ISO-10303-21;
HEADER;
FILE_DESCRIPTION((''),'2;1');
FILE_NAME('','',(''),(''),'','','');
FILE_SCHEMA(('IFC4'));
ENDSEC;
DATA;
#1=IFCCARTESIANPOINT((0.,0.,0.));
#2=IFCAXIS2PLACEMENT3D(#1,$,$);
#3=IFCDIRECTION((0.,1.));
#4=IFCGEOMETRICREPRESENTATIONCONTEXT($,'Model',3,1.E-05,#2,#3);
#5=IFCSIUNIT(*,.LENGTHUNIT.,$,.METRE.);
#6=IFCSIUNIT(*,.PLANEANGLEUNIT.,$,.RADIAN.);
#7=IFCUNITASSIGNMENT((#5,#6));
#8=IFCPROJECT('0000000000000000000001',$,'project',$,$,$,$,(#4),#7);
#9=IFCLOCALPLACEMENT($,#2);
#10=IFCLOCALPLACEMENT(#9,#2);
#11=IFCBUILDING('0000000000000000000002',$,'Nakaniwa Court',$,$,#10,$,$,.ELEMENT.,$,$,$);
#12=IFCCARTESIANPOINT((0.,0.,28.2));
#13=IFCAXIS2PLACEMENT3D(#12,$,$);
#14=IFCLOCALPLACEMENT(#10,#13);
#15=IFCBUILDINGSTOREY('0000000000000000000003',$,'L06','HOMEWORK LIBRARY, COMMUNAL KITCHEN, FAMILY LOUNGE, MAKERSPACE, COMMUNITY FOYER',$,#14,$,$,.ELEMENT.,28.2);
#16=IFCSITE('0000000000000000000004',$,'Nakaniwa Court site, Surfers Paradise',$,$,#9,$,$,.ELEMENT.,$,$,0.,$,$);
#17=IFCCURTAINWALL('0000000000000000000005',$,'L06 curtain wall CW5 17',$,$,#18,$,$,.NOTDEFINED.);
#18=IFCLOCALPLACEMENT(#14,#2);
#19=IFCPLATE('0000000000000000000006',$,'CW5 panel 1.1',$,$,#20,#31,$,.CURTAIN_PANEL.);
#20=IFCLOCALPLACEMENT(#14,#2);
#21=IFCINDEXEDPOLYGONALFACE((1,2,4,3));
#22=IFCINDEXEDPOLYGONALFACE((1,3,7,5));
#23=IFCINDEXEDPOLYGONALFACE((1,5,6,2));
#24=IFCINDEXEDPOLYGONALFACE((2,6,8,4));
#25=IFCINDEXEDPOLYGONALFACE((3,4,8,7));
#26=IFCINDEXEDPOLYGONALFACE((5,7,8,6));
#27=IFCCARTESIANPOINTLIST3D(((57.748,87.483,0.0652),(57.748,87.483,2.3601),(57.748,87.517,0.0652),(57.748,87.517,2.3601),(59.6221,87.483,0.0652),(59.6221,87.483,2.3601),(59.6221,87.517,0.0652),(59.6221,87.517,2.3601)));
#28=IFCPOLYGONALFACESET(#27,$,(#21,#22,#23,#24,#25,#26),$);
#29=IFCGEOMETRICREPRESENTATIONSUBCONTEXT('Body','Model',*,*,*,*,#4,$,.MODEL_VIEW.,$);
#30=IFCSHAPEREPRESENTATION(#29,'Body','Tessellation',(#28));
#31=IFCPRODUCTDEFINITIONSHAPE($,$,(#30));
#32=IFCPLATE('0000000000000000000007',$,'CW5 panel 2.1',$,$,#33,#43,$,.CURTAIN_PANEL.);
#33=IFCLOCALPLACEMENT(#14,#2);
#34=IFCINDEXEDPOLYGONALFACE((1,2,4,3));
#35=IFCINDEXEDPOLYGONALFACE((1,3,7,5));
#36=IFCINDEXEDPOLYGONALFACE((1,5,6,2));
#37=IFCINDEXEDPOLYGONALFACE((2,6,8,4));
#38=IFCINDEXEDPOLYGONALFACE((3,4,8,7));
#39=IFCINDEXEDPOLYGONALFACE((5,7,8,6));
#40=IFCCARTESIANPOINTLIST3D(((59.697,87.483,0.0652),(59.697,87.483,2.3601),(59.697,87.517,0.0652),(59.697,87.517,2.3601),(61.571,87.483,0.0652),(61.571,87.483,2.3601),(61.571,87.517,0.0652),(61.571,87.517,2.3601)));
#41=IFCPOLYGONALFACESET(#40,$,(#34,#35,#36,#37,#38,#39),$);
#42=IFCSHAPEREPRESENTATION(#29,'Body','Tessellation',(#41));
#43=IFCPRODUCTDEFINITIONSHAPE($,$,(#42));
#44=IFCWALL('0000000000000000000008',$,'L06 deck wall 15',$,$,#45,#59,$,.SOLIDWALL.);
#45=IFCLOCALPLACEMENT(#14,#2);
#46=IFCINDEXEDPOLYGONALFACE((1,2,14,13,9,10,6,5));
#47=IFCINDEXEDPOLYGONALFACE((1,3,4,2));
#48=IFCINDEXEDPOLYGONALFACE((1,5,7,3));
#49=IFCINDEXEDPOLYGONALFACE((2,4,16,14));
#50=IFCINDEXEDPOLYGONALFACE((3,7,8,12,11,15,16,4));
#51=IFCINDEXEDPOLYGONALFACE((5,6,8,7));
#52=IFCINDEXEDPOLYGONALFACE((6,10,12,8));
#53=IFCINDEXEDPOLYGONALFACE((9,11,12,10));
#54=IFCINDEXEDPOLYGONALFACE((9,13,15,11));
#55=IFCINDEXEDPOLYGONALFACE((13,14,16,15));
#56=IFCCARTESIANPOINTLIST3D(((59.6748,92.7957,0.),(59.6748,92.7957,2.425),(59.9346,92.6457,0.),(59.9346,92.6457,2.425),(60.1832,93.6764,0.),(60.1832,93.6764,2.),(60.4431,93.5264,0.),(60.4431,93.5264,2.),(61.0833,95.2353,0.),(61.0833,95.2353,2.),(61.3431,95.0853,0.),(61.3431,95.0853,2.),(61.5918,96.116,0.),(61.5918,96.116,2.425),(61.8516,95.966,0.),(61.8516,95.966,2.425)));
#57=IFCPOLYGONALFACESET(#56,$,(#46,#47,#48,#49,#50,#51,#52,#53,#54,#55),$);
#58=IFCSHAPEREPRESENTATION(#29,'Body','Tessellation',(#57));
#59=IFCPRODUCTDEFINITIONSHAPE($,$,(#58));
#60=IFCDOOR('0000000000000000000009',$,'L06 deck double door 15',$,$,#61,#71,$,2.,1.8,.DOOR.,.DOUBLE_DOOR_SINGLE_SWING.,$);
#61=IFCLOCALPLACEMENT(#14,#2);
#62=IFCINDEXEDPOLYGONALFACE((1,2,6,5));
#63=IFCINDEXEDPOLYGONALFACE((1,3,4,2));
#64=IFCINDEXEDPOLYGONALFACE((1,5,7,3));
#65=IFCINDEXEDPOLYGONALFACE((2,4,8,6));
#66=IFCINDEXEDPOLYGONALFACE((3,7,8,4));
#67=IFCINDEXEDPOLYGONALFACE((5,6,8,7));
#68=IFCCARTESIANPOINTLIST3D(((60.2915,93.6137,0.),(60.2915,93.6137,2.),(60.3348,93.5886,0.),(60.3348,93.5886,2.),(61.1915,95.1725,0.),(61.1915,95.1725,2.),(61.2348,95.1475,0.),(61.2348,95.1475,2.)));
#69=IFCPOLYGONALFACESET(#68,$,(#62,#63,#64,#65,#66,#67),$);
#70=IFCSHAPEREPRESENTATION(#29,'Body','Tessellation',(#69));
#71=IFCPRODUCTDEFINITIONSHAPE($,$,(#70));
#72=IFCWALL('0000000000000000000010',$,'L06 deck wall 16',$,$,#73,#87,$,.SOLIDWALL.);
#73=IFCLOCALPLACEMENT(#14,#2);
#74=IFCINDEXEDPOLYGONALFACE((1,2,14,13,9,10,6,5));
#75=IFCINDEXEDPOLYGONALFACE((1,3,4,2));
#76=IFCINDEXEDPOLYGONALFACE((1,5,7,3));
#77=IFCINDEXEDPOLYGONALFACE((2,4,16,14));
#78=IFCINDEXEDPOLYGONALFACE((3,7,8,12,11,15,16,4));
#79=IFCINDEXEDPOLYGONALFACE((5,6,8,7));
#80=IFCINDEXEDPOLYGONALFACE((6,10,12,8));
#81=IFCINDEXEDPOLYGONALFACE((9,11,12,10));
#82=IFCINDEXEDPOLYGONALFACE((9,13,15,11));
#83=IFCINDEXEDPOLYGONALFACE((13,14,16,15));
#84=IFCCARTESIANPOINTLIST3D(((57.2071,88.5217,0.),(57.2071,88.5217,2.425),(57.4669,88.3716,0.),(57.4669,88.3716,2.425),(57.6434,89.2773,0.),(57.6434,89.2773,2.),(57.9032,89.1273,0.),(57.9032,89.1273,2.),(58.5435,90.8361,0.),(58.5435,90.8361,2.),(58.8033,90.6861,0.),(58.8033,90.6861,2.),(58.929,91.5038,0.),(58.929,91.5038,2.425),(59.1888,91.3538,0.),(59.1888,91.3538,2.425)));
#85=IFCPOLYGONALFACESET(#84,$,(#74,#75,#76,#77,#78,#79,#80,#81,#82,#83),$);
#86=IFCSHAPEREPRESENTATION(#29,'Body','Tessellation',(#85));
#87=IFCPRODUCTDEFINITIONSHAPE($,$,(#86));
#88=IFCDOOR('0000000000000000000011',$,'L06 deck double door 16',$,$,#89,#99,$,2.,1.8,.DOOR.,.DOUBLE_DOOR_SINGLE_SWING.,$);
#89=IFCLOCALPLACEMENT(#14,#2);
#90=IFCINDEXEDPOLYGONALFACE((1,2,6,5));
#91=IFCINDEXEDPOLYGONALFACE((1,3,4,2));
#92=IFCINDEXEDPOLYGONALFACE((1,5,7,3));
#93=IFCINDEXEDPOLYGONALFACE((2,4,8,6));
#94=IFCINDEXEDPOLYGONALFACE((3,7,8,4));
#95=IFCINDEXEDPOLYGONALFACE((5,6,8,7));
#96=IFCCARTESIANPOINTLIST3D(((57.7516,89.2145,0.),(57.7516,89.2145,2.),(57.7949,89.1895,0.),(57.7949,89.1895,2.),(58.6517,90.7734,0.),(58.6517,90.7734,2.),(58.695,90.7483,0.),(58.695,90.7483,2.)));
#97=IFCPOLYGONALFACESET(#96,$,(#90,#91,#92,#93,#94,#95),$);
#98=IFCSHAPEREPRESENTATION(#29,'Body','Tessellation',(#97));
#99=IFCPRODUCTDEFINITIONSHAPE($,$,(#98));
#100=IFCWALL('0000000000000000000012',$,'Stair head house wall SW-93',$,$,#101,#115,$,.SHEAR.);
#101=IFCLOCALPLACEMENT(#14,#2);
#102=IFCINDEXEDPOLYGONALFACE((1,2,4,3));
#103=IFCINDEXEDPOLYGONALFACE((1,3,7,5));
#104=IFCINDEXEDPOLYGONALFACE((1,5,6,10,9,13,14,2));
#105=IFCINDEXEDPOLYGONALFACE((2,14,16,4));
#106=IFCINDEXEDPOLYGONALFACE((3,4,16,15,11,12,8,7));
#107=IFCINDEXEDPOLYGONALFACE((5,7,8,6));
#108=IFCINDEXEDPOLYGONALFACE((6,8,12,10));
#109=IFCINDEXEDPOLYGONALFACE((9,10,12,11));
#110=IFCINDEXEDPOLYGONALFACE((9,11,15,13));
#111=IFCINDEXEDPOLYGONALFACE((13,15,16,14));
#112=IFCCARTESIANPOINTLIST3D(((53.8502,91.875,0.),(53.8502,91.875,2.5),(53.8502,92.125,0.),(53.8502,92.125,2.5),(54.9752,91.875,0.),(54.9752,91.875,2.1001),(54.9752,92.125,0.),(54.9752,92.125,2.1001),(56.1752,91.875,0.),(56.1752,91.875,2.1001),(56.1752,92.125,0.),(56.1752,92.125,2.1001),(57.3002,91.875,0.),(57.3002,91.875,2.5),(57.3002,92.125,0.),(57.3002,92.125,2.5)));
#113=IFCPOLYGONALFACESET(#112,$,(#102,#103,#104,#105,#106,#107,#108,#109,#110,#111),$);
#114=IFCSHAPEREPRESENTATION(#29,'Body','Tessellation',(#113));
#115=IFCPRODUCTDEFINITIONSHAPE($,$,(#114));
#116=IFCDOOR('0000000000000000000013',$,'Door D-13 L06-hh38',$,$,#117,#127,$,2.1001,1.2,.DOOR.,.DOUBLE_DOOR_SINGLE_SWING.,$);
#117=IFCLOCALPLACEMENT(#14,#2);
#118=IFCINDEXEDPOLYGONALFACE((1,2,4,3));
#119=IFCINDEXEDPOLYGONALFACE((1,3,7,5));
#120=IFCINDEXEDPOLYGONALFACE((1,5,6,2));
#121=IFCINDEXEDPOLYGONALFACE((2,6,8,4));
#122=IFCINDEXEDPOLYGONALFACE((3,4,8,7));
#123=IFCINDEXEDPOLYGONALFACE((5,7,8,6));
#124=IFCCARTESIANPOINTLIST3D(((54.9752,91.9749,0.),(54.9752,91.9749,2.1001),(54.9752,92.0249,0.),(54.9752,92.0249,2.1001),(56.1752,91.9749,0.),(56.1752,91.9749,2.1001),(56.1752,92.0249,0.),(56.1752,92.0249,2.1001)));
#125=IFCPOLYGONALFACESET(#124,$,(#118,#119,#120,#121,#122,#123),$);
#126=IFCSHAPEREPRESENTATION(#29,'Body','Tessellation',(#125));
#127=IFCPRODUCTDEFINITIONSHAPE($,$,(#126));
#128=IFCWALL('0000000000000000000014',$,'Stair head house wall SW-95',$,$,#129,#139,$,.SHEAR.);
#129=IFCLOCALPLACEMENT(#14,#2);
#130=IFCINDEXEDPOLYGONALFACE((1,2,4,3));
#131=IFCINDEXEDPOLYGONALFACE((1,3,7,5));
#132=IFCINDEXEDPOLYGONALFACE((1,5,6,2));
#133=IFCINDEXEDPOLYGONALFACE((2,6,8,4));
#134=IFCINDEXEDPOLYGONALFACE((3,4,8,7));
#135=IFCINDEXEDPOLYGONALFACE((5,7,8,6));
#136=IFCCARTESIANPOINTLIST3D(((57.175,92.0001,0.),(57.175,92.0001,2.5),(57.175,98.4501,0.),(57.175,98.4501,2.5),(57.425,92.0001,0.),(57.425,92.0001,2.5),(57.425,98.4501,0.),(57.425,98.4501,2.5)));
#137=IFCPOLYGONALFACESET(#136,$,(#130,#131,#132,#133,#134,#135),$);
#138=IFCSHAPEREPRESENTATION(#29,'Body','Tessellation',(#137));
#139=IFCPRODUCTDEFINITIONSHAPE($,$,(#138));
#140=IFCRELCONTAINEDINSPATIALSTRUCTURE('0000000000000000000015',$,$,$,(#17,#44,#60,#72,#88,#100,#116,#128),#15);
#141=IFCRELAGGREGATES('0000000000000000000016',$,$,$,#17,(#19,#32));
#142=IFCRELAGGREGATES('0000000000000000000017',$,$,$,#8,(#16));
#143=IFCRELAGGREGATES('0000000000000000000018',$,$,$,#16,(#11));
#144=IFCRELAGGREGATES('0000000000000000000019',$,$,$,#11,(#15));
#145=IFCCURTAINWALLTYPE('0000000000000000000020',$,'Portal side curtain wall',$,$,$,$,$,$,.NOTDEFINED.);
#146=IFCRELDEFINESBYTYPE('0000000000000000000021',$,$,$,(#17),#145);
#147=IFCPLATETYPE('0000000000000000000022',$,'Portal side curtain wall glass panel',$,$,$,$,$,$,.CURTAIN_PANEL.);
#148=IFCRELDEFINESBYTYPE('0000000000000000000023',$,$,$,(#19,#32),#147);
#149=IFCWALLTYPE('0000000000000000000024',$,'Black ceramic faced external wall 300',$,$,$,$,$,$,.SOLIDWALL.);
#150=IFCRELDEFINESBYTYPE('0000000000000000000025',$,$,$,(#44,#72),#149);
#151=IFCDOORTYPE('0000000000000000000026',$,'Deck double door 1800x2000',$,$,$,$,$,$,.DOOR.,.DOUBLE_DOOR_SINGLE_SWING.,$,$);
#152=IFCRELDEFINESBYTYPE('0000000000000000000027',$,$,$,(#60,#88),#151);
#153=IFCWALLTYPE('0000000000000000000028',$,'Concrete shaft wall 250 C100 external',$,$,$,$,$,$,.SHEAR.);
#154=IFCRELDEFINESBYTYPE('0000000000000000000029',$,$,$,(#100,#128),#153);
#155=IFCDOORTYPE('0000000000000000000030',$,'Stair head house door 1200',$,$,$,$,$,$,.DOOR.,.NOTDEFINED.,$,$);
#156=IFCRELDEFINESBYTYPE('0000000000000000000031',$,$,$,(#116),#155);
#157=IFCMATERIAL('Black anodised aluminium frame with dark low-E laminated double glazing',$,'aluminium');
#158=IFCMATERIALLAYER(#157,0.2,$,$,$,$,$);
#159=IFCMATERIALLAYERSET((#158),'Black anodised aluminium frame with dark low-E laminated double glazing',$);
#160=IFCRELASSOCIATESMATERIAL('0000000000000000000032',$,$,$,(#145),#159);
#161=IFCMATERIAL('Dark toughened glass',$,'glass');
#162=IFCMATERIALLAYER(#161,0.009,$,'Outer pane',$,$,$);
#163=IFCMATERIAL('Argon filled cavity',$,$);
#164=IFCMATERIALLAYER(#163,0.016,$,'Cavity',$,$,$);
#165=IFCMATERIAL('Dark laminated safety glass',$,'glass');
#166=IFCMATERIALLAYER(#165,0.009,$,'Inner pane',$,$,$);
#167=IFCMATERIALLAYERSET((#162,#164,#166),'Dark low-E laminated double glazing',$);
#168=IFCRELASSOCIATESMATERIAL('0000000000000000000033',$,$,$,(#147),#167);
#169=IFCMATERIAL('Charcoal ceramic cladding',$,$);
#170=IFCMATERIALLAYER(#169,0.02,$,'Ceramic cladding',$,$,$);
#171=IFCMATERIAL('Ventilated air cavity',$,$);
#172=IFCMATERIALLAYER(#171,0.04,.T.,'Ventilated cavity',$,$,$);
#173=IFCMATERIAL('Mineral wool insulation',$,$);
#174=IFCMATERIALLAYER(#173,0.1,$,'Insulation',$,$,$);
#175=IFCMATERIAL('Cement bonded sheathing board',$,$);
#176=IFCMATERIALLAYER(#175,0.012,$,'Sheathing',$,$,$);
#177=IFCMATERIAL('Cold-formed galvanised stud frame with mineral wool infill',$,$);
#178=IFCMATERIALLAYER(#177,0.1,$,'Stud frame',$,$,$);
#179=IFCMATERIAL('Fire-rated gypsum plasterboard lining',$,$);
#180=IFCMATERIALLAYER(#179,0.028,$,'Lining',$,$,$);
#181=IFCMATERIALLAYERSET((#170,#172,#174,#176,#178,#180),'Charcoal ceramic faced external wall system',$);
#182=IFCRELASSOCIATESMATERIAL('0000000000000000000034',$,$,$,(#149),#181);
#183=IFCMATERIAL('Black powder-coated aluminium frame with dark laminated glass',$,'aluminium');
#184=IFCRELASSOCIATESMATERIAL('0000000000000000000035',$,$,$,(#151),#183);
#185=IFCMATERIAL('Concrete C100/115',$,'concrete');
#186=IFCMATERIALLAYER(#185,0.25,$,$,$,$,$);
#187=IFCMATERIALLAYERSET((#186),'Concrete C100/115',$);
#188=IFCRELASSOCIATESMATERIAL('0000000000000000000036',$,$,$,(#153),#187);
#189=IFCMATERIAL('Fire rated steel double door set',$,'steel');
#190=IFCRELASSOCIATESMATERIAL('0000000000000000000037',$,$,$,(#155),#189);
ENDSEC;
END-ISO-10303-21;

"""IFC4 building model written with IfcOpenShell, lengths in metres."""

from ifc_helpers import new_model, si_unit, direction, frame, frame_2d, origin, origin_2d, place, context, subcontext, project, spatial, rectangle, extrude, material, layer, layer_set, type_object, element, fill, aggregate, save


model = new_model("IFC4")

# Units and contexts
model_context = context("Model", 3, precision=1e-05, world=origin(), true_north=direction((0.0, 1.0)))
body_context = subcontext(model_context, "Body", "Model", "MODEL_VIEW")
ifc_project = project(units=[si_unit("LENGTHUNIT", "METRE"), si_unit("PLANEANGLEUNIT", "RADIAN")], contexts=[model_context])

# Site, building, storey
site_placement = place(None, origin())
site = spatial("IfcSite", under=ifc_project, at=site_placement, Name="Nakaniwa Court site, Surfers Paradise", CompositionType="ELEMENT", RefElevation=0.0)
building_placement = place(site_placement, origin())
building = spatial("IfcBuilding", under=site, at=building_placement, Name="Nakaniwa Court", CompositionType="ELEMENT")
storey_placement = place(building_placement, frame((0.0, 0.0, 28.2)))
storey = spatial("IfcBuildingStorey", under=building, at=storey_placement, Name="L06", Description="HOMEWORK LIBRARY, COMMUNAL KITCHEN, FAMILY LOUNGE, MAKERSPACE, COMMUNITY FOYER", CompositionType="ELEMENT", Elevation=28.2)

# Shared definitions
ifc_material_1 = material(Name="Concrete C100/115", Category="concrete")

# Curtain wall
ifc_material_2 = material(Name="Black anodised aluminium frame with dark low-E laminated double glazing", Category="aluminium")
ifc_layer_1 = layer(ifc_material_2, 0.2)
ifc_layer_set_1 = layer_set([ifc_layer_1], Name="Black anodised aluminium frame with dark low-E laminated double glazing")
curtain_wall_type = type_object("IfcCurtainWallType", Name="Portal side curtain wall", PredefinedType="NOTDEFINED", material=ifc_layer_set_1)
curtain_wall_1_placement = place(storey_placement, origin())
curtain_wall_1 = element("IfcCurtainWall", 1, at=curtain_wall_1_placement, inside=storey, type_object=curtain_wall_type, Name="L06 curtain wall CW5 17", PredefinedType="NOTDEFINED")

# Plates
ifc_material_3 = material(Name="Dark toughened glass", Category="glass")
ifc_layer_2 = layer(ifc_material_3, 0.009, Name="Outer pane")
ifc_material_4 = material(Name="Argon filled cavity")
ifc_layer_3 = layer(ifc_material_4, 0.016, Name="Cavity")
ifc_material_5 = material(Name="Dark laminated safety glass", Category="glass")
ifc_layer_4 = layer(ifc_material_5, 0.009, Name="Inner pane")
ifc_layer_set_2 = layer_set([ifc_layer_2, ifc_layer_3, ifc_layer_4], Name="Dark low-E laminated double glazing")
plate_type = type_object("IfcPlateType", Name="Portal side curtain wall glass panel", PredefinedType="CURTAIN_PANEL", material=ifc_layer_set_2)
plate_1_placement = place(storey_placement, frame((58.6851, 87.5, 0.0652), z_axis=(0.0, 0.0, 1.0), x_axis=(1.0, 0.0, 0.0)))
plate_1 = element("IfcPlate", 2, at=plate_1_placement, type_object=plate_type, Name="CW5 panel 1.1", PredefinedType="CURTAIN_PANEL", context=body_context, shape_type="SweptSolid", body=[
    extrude(rectangle(XDim=1.874, YDim=0.0339, at=origin_2d()), origin(), (0.0, 0.0, 1.0), 2.2949),
])
plate_2_placement = place(storey_placement, frame((60.634, 87.5, 0.0652), z_axis=(0.0, 0.0, 1.0), x_axis=(1.0, 0.0, 0.0)))
plate_2 = element("IfcPlate", 3, at=plate_2_placement, type_object=plate_type, Name="CW5 panel 2.1", PredefinedType="CURTAIN_PANEL", context=body_context, shape_type="SweptSolid", body=[
    extrude(rectangle(XDim=1.874, YDim=0.0339, at=origin_2d()), origin(), (0.0, 0.0, 1.0), 2.2949),
])
aggregate(curtain_wall_1, [plate_1, plate_2])

# Walls, openings, doors
ifc_material_6 = material(Name="Charcoal ceramic cladding")
ifc_layer_5 = layer(ifc_material_6, 0.02, Name="Ceramic cladding")
ifc_material_7 = material(Name="Ventilated air cavity")
ifc_layer_6 = layer(ifc_material_7, 0.04, ventilated=True, Name="Ventilated cavity")
ifc_material_8 = material(Name="Mineral wool insulation")
ifc_layer_7 = layer(ifc_material_8, 0.1, Name="Insulation")
ifc_material_9 = material(Name="Cement bonded sheathing board")
ifc_layer_8 = layer(ifc_material_9, 0.012, Name="Sheathing")
ifc_material_10 = material(Name="Cold-formed galvanised stud frame with mineral wool infill")
ifc_layer_9 = layer(ifc_material_10, 0.1, Name="Stud frame")
ifc_material_11 = material(Name="Fire-rated gypsum plasterboard lining")
ifc_layer_10 = layer(ifc_material_11, 0.028, Name="Lining")
ifc_layer_set_3 = layer_set([ifc_layer_5, ifc_layer_6, ifc_layer_7, ifc_layer_8, ifc_layer_9, ifc_layer_10], Name="Charcoal ceramic faced external wall system")
wall_type_1 = type_object("IfcWallType", Name="Black ceramic faced external wall 300", PredefinedType="SOLIDWALL", material=ifc_layer_set_3)
wall_1_placement = place(storey_placement, frame((61.7217, 96.041, 0.0), z_axis=(0.0, 0.0, 1.0), x_axis=(-0.500002, -0.866024, 0.0)))
wall_1 = element("IfcWall", 4, at=wall_1_placement, inside=storey, type_object=wall_type_1, Name="L06 deck wall 15", PredefinedType="SOLIDWALL", context=body_context, shape_type="SweptSolid", body=[
    extrude(rectangle(XDim=3.834, YDim=0.3, at=frame_2d((1.917, 0.0))), origin(), (0.0, 0.0, 1.0), 2.425),
])
opening_1_placement = place(wall_1_placement, frame((1.0171, 0.0, 0.0)))
opening_1 = element("IfcOpeningElement", 5, at=opening_1_placement, cuts=wall_1, PredefinedType="OPENING", context=body_context, shape_type="SweptSolid", body=[
    extrude(rectangle(XDim=1.8, YDim=2.0, at=frame_2d((0.8999, 1.0))), frame((0.0, 0.1599, 0.0), z_axis=(0.0, -1.0, 0.0), x_axis=(1.0, 0.0, 0.0)), (0.0, 0.0, 1.0), 0.3201),
])
ifc_material_12 = material(Name="Black powder-coated aluminium frame with dark laminated glass", Category="aluminium")
door_type_1 = type_object("IfcDoorType", Name="Deck double door 1800x2000", OperationType="DOUBLE_DOOR_SINGLE_SWING", PredefinedType="DOOR", material=ifc_material_12)
door_1_placement = place(opening_1_placement, frame((1.8, 0.0, 0.0), z_axis=(0.0, 0.0, 1.0), x_axis=(-1.0, 0.0, 0.0)))
door_1 = element("IfcDoor", 6, at=door_1_placement, inside=storey, type_object=door_type_1, Name="L06 deck double door 15", OperationType="DOUBLE_DOOR_SINGLE_SWING", OverallHeight=2.0, OverallWidth=1.8, PredefinedType="DOOR", context=body_context, shape_type="SweptSolid", body=[
    extrude(rectangle(XDim=1.8, YDim=2.0, at=frame_2d((0.8999, 1.0))), frame((0.0, 0.0249, 0.0), z_axis=(0.0, -1.0, 0.0), x_axis=(1.0, 0.0, 0.0)), (0.0, 0.0, 1.0), 0.05),
])
fill(opening_1, door_1)
wall_2_placement = place(storey_placement, frame((59.0588, 91.4287, 0.0), z_axis=(0.0, 0.0, 1.0), x_axis=(-0.500035, -0.866005, 0.0)))
wall_2 = element("IfcWall", 7, at=wall_2_placement, inside=storey, type_object=wall_type_1, Name="L06 deck wall 16", PredefinedType="SOLIDWALL", context=body_context, shape_type="SweptSolid", body=[
    extrude(rectangle(XDim=3.4436, YDim=0.3, at=frame_2d((1.7217, 0.0))), origin(), (0.0, 0.0, 1.0), 2.425),
])
opening_2_placement = place(wall_2_placement, frame((0.771, 0.0, 0.0)))
opening_2 = element("IfcOpeningElement", 8, at=opening_2_placement, cuts=wall_2, PredefinedType="OPENING", context=body_context, shape_type="SweptSolid", body=[
    extrude(rectangle(XDim=1.8, YDim=2.0, at=frame_2d((0.8999, 1.0))), frame((0.0, 0.1599, 0.0), z_axis=(0.0, -1.0, 0.0), x_axis=(1.0, 0.0, 0.0)), (0.0, 0.0, 1.0), 0.3201),
])
door_2_placement = place(opening_2_placement, frame((1.8, 0.0, 0.0), z_axis=(0.0, 0.0, 1.0), x_axis=(-1.0, 0.0, 0.0)))
door_2 = element("IfcDoor", 9, at=door_2_placement, inside=storey, type_object=door_type_1, Name="L06 deck double door 16", OperationType="DOUBLE_DOOR_SINGLE_SWING", OverallHeight=2.0, OverallWidth=1.8, PredefinedType="DOOR", context=body_context, shape_type="SweptSolid", body=[
    extrude(rectangle(XDim=1.8, YDim=2.0, at=frame_2d((0.8999, 1.0))), frame((0.0, 0.0249, 0.0), z_axis=(0.0, -1.0, 0.0), x_axis=(1.0, 0.0, 0.0)), (0.0, 0.0, 1.0), 0.05),
])
fill(opening_2, door_2)
ifc_layer_11 = layer(ifc_material_1, 0.25)
ifc_layer_set_4 = layer_set([ifc_layer_11], Name="Concrete C100/115")
wall_type_2 = type_object("IfcWallType", Name="Concrete shaft wall 250 C100 external", PredefinedType="SHEAR", material=ifc_layer_set_4)
wall_3_placement = place(storey_placement, frame((53.8501, 92.0, 0.0), z_axis=(0.0, 0.0, 1.0), x_axis=(1.0, 0.0, 0.0)))
wall_3 = element("IfcWall", 10, at=wall_3_placement, inside=storey, type_object=wall_type_2, Name="Stair head house wall SW-93", PredefinedType="SHEAR", context=body_context, shape_type="SweptSolid", body=[
    extrude(rectangle(XDim=3.45, YDim=0.25, at=frame_2d((1.7251, 0.0))), origin(), (0.0, 0.0, 1.0), 2.5),
])
opening_3_placement = place(wall_3_placement, frame((1.125, 0.0, 0.0)))
opening_3 = element("IfcOpeningElement", 11, at=opening_3_placement, cuts=wall_3, PredefinedType="OPENING", context=body_context, shape_type="SweptSolid", body=[
    extrude(rectangle(XDim=1.2, YDim=2.1001, at=frame_2d((0.6001, 1.05))), frame((0.0, 0.135, 0.0), z_axis=(0.0, -1.0, 0.0), x_axis=(1.0, 0.0, 0.0)), (0.0, 0.0, 1.0), 0.27),
])
ifc_material_13 = material(Name="Fire rated steel double door set", Category="steel")
door_type_2 = type_object("IfcDoorType", Name="Stair head house door 1200", OperationType="NOTDEFINED", PredefinedType="DOOR", material=ifc_material_13)
door_3_placement = place(opening_3_placement, origin())
door_3 = element("IfcDoor", 12, at=door_3_placement, inside=storey, type_object=door_type_2, Name="Door D-13 L06-hh38", OperationType="DOUBLE_DOOR_SINGLE_SWING", OverallHeight=2.1001, OverallWidth=1.2, PredefinedType="DOOR", context=body_context, shape_type="SweptSolid", body=[
    extrude(rectangle(XDim=1.2, YDim=2.1001, at=frame_2d((0.6001, 1.05))), frame((0.0, 0.0249, 0.0), z_axis=(0.0, -1.0, 0.0), x_axis=(1.0, 0.0, 0.0)), (0.0, 0.0, 1.0), 0.05),
])
fill(opening_3, door_3)

# Wall
wall_4_placement = place(storey_placement, frame((57.3, 92.0, 0.0), z_axis=(0.0, 0.0, 1.0), x_axis=(0.0, 1.0, 0.0)))
element("IfcWall", 13, at=wall_4_placement, inside=storey, type_object=wall_type_2, Name="Stair head house wall SW-95", PredefinedType="SHEAR", context=body_context, shape_type="SweptSolid", body=[
    extrude(rectangle(XDim=6.45, YDim=0.25, at=frame_2d((3.2251, 0.0))), origin(), (0.0, 0.0, 1.0), 2.5),
])

save(model, "model.ifc")
